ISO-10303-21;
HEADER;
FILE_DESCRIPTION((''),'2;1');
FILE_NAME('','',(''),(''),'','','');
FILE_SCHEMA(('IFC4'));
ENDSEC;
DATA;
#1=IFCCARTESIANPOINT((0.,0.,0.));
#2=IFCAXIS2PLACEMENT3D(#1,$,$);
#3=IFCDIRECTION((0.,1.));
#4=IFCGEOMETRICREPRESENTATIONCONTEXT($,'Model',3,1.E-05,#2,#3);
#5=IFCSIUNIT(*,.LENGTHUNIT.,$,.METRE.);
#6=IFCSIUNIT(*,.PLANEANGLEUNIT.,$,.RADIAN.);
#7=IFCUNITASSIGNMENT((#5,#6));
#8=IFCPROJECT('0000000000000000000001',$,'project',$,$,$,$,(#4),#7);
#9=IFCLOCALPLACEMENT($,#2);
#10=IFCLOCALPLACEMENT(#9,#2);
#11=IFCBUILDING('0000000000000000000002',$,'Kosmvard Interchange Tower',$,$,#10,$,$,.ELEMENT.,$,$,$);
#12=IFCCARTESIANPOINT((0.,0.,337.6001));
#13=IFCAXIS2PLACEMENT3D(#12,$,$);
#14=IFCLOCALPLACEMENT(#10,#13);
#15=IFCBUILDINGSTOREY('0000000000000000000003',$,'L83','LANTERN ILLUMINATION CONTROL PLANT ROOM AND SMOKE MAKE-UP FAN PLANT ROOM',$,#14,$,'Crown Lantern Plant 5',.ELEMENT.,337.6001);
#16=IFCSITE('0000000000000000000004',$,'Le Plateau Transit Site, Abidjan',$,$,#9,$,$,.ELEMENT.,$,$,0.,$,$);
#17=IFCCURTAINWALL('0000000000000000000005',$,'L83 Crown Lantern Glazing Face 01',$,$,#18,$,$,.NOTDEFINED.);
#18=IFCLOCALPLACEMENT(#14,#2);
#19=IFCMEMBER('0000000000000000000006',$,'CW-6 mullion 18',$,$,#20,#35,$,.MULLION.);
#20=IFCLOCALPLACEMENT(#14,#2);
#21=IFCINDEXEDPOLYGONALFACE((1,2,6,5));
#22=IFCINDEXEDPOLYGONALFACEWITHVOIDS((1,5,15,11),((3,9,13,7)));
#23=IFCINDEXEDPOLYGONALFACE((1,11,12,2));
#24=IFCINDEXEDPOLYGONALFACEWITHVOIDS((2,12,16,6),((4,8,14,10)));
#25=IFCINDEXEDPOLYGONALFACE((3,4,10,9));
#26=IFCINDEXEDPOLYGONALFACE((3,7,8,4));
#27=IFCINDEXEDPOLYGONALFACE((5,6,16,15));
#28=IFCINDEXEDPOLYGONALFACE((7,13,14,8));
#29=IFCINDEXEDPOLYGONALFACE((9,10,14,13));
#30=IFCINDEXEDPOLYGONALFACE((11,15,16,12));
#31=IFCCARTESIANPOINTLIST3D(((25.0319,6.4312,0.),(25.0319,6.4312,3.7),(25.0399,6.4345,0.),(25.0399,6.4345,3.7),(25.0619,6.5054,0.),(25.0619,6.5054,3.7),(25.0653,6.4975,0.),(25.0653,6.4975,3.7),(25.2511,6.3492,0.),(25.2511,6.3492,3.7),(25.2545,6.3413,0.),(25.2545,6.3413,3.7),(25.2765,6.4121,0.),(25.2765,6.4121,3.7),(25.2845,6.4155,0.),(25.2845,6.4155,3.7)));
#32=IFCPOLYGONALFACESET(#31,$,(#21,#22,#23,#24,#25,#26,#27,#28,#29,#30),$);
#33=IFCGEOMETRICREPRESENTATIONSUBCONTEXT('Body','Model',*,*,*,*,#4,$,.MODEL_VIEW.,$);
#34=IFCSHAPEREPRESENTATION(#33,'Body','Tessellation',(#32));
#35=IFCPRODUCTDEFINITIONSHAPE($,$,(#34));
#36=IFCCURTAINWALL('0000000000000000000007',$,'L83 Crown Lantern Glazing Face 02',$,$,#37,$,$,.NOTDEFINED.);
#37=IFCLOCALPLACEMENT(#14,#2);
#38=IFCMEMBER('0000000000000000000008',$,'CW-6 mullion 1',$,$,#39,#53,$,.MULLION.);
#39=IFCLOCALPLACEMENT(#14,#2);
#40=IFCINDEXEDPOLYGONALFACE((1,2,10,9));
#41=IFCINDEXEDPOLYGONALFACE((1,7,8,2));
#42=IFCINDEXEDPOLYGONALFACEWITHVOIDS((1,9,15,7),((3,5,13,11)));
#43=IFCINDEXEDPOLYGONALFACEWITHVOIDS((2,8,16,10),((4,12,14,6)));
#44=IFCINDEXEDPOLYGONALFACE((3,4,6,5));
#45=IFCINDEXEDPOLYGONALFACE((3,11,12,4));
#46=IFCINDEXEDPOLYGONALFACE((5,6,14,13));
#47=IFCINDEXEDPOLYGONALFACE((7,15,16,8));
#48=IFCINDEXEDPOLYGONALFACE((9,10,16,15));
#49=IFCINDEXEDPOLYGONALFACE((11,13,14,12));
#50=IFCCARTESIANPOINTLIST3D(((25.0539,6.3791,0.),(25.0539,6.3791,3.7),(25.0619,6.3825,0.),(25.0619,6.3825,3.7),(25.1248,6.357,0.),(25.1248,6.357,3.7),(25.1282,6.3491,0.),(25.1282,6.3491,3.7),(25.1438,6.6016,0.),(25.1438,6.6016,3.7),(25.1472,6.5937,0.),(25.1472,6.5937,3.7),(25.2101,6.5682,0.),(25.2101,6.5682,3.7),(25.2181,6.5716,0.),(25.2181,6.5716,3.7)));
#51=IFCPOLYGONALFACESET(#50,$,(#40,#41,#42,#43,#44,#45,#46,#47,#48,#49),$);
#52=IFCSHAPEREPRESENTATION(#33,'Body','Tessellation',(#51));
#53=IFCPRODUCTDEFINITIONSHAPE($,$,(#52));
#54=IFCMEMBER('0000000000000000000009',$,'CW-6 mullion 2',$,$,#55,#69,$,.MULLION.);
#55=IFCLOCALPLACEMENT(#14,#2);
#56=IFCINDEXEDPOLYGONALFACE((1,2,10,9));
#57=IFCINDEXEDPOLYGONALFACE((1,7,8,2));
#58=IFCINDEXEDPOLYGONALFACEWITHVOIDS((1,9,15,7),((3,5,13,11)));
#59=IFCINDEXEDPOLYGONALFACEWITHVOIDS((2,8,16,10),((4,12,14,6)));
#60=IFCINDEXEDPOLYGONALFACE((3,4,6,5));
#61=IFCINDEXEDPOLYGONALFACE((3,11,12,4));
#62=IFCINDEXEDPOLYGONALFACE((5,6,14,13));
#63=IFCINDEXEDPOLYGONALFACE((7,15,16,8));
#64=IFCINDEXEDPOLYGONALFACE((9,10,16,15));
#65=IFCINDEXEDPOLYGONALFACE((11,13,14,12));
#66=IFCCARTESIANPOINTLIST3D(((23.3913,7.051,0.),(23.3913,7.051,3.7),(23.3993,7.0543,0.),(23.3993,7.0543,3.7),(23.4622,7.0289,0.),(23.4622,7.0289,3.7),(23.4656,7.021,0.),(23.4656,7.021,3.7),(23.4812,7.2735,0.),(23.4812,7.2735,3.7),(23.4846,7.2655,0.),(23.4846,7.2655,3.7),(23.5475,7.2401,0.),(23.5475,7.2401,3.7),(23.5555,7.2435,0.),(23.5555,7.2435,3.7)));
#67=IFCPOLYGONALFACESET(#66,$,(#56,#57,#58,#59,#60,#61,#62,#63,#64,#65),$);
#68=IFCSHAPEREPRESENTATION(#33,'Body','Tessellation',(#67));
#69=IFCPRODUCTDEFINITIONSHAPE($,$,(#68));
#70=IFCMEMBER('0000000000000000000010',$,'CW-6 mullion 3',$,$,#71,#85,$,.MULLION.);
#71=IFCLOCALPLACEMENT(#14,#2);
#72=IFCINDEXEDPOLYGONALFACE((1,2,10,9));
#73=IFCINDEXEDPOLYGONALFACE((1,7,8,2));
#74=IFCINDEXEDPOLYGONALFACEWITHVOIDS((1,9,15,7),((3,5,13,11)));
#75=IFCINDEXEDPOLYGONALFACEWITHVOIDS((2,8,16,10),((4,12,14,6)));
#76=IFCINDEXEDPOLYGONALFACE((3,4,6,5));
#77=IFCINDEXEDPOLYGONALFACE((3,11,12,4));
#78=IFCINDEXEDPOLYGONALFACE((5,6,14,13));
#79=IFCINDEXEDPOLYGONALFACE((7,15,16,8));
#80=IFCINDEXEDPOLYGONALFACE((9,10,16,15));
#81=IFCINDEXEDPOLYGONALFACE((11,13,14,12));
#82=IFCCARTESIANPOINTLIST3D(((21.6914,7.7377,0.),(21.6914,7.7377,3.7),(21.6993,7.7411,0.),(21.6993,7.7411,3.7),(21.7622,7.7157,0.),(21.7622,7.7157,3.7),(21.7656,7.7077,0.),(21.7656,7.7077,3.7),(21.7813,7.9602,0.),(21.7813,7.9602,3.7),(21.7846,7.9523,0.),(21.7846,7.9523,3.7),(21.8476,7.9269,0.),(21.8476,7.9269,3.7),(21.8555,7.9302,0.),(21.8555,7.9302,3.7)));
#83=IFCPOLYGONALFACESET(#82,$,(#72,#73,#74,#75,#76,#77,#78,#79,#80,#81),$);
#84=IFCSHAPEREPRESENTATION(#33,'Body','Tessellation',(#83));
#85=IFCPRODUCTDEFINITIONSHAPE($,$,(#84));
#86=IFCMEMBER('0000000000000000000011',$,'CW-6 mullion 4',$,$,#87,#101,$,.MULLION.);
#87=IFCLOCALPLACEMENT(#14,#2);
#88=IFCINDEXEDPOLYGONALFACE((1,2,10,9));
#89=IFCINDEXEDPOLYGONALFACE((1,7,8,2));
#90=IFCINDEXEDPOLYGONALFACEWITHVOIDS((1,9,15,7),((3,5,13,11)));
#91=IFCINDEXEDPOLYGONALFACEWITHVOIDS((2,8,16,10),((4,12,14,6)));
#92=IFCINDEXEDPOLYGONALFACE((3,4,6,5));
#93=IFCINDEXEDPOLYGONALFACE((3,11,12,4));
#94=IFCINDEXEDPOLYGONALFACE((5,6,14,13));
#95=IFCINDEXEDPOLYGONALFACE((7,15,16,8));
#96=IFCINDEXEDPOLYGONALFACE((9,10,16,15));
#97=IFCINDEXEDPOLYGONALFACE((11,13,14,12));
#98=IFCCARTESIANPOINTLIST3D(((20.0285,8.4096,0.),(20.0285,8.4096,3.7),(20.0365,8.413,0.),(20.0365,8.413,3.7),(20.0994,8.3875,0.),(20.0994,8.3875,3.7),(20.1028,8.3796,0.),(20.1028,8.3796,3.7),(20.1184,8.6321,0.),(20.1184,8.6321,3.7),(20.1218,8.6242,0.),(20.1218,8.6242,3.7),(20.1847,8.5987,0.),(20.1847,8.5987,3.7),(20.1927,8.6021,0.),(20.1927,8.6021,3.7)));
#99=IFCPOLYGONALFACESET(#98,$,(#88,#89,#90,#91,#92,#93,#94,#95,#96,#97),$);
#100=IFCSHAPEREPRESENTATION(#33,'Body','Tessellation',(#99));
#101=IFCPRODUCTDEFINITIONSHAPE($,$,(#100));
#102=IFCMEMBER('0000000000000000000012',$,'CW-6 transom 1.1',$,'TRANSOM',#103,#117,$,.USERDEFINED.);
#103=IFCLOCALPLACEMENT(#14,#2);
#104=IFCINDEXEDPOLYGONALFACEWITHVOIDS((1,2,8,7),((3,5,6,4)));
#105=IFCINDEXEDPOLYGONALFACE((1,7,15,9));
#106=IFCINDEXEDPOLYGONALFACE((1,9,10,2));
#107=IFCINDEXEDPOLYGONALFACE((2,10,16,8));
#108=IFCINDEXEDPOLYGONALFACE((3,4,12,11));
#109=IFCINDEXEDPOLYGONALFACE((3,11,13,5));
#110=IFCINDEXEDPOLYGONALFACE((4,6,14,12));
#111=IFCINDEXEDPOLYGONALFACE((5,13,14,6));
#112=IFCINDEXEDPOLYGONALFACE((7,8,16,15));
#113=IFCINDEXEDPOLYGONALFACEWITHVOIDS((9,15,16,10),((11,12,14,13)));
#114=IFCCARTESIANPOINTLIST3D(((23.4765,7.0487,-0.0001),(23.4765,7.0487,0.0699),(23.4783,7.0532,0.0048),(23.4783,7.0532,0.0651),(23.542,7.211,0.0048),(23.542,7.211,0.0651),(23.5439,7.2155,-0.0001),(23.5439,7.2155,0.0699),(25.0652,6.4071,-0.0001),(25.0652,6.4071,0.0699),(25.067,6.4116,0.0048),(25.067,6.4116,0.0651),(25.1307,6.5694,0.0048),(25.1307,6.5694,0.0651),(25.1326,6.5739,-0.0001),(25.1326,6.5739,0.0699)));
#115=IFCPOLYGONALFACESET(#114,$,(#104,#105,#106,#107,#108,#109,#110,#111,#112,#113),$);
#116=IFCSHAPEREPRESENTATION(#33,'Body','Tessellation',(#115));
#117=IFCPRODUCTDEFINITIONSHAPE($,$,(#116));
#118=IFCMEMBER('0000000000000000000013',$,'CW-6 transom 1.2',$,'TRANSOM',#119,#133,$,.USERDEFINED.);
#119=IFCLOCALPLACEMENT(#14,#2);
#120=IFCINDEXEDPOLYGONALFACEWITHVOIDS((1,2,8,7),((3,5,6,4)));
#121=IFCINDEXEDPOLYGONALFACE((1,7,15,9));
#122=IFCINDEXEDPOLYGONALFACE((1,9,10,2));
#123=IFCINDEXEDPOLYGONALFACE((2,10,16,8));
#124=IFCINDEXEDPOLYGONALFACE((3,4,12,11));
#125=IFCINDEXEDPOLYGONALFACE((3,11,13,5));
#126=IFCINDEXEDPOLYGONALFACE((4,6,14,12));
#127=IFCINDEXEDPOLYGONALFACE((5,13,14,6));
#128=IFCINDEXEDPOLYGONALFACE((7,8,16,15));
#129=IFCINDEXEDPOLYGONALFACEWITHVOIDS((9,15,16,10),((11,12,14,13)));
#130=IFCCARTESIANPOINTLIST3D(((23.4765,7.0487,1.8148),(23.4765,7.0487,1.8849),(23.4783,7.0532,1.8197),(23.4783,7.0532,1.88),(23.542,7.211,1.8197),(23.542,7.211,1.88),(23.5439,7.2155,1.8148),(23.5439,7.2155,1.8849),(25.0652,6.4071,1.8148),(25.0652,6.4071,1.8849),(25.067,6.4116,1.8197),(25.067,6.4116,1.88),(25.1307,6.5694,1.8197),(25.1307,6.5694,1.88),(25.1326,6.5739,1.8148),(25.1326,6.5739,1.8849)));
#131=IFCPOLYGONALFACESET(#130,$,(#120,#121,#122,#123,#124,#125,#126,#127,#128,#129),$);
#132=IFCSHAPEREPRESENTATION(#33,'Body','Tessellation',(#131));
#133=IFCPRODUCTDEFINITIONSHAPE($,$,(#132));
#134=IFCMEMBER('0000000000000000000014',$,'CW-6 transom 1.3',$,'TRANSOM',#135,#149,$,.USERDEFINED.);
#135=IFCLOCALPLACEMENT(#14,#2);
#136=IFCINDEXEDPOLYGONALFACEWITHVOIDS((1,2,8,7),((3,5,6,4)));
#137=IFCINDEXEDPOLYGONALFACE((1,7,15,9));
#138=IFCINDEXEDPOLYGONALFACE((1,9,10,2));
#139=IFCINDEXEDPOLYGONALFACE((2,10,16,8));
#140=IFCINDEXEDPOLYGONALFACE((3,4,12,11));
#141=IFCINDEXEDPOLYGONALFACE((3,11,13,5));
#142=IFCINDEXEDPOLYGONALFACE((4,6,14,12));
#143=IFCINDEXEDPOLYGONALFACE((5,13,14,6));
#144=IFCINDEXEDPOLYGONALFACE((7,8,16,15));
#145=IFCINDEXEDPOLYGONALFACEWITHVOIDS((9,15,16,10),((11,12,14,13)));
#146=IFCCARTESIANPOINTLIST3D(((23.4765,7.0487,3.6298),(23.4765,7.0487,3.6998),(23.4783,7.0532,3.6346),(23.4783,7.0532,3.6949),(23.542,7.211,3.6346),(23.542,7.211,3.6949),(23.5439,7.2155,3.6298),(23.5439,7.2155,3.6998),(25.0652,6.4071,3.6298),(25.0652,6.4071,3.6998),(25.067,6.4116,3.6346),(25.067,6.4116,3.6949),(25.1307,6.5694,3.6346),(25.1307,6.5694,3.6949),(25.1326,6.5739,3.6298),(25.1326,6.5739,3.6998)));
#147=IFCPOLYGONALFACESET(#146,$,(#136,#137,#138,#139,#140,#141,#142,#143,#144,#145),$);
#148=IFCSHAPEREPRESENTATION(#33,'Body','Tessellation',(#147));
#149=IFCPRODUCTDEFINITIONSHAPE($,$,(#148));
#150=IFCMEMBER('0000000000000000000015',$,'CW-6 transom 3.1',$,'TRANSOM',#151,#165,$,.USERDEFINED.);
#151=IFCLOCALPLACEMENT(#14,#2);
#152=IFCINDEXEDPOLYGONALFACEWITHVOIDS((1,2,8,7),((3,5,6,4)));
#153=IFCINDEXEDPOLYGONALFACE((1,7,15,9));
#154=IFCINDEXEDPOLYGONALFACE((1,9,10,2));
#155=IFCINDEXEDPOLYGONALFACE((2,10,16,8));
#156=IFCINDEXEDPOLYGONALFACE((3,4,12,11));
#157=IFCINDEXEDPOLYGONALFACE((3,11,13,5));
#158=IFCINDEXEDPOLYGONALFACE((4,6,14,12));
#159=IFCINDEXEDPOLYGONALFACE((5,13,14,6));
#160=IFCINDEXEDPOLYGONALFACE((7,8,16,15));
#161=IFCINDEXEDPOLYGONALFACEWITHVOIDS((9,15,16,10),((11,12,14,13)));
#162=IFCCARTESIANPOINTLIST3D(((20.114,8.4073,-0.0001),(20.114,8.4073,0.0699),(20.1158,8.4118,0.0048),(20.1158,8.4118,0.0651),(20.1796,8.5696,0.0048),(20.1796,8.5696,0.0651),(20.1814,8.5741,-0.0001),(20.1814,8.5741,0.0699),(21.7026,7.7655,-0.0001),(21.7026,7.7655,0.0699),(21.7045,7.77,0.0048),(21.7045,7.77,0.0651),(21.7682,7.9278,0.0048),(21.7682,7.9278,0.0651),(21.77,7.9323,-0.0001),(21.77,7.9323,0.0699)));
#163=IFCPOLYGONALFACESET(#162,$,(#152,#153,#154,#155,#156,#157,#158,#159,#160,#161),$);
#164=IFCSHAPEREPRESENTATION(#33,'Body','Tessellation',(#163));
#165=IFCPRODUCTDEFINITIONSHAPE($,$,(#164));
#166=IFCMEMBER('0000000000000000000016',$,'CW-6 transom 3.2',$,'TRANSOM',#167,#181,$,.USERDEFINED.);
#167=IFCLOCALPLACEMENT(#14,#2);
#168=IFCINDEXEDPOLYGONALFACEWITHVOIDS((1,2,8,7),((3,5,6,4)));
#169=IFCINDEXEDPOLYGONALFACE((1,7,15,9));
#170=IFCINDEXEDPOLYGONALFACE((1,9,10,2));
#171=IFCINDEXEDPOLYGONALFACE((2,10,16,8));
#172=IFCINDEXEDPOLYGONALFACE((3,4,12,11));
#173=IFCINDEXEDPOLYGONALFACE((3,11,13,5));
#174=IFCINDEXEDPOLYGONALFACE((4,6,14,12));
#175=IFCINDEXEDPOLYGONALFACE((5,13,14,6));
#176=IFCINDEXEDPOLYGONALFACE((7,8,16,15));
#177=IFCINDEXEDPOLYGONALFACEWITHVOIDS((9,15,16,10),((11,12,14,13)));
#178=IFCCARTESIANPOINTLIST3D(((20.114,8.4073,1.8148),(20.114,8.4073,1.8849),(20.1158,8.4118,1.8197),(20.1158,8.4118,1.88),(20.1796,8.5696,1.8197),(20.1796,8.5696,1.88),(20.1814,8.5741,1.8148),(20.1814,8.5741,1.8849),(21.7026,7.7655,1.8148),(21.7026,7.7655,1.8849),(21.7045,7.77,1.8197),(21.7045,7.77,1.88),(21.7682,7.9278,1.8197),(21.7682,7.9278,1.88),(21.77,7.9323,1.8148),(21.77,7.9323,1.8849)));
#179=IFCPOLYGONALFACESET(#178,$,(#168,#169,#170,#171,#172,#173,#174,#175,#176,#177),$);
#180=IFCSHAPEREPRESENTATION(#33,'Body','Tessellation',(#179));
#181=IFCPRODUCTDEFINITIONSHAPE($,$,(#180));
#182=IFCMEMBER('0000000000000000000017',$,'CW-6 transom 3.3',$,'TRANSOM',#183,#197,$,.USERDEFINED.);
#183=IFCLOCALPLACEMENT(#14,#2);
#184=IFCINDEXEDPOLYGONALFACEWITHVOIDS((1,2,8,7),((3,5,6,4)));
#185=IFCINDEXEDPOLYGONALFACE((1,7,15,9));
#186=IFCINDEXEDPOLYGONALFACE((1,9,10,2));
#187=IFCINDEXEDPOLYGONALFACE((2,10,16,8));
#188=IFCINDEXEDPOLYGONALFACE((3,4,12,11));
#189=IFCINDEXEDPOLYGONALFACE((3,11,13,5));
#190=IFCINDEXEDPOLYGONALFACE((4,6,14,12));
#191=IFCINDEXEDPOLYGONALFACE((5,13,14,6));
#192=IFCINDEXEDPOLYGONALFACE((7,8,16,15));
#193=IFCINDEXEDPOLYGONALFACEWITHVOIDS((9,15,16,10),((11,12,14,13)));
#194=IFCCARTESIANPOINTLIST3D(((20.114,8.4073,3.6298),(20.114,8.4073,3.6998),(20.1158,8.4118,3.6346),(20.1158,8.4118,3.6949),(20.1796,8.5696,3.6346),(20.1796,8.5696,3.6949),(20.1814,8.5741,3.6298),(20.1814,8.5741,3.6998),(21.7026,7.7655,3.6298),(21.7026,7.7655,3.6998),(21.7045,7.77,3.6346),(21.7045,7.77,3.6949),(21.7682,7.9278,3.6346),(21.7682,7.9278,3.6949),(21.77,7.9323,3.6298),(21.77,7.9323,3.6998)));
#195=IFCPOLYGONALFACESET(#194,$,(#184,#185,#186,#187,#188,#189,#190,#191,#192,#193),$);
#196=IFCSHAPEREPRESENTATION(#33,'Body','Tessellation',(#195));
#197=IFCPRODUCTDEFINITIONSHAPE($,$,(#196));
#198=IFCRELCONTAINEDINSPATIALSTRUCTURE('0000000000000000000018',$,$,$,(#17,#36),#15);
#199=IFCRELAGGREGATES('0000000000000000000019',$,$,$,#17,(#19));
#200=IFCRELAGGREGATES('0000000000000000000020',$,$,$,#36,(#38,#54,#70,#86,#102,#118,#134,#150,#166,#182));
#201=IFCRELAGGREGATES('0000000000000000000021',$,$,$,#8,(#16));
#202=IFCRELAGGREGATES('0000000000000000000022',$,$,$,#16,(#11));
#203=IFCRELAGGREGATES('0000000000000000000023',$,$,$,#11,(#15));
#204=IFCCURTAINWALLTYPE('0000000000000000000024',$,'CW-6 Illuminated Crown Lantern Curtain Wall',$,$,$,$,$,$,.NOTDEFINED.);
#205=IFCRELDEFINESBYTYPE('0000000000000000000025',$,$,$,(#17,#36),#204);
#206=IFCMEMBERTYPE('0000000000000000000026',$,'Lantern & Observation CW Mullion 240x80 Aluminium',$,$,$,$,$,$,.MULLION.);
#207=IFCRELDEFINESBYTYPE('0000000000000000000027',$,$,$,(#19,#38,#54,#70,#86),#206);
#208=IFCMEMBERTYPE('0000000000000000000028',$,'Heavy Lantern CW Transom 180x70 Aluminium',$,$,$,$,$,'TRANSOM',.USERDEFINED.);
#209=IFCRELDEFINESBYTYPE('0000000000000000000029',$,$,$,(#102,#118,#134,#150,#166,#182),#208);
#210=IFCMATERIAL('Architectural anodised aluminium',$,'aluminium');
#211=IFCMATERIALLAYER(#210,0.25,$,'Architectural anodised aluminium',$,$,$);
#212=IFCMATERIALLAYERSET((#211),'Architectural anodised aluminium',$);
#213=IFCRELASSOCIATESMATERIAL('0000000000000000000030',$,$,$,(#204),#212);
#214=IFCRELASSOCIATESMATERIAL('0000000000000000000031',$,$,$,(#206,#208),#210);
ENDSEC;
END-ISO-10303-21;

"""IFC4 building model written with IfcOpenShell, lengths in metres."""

from ifc_helpers import new_model, si_unit, direction, frame, origin, origin_2d, place, context, subcontext, project, spatial, hollow_rectangle, extrude, source, transform, mapped, material, layer, layer_set, material_profile, profile_set, type_object, element, aggregate, save


model = new_model("IFC4")

# Units and contexts
model_context = context("Model", 3, precision=1e-05, world=origin(), true_north=direction((0.0, 1.0)))
body_context = subcontext(model_context, "Body", "Model", "MODEL_VIEW")
ifc_project = project(units=[si_unit("LENGTHUNIT", "METRE"), si_unit("PLANEANGLEUNIT", "RADIAN")], contexts=[model_context])

# Site, building, storey
site_placement = place(None, origin())
site = spatial("IfcSite", under=ifc_project, at=site_placement, Name="Le Plateau Transit Site, Abidjan", CompositionType="ELEMENT", RefElevation=0.0)
building_placement = place(site_placement, origin())
building = spatial("IfcBuilding", under=site, at=building_placement, Name="Kosmvard Interchange Tower", CompositionType="ELEMENT")
storey_placement = place(building_placement, frame((0.0, 0.0, 337.6001)))
storey = spatial("IfcBuildingStorey", under=building, at=storey_placement, Name="L83", Description="LANTERN ILLUMINATION CONTROL PLANT ROOM AND SMOKE MAKE-UP FAN PLANT ROOM", LongName="Crown Lantern Plant 5", CompositionType="ELEMENT", Elevation=337.6001)

# Curtain wall, member
ifc_material_1 = material(Name="Architectural anodised aluminium", Category="aluminium")
ifc_layer_1 = layer(ifc_material_1, 0.25, Name="Architectural anodised aluminium")
ifc_layer_set_1 = layer_set([ifc_layer_1], Name="Architectural anodised aluminium")
curtain_wall_type = type_object("IfcCurtainWallType", Name="CW-6 Illuminated Crown Lantern Curtain Wall", PredefinedType="NOTDEFINED", material=ifc_layer_set_1)
curtain_wall_1_placement = place(storey_placement, origin())
curtain_wall_1 = element("IfcCurtainWall", 1, at=curtain_wall_1_placement, inside=storey, type_object=curtain_wall_type, Name="L83 Crown Lantern Glazing Face 01", PredefinedType="NOTDEFINED")
ifc_material_profile_1 = material_profile(ifc_material_1, hollow_rectangle(XDim=0.24, YDim=0.0801, WallThickness=0.0061, at=origin_2d()), Name="CWM 240x80x6")
ifc_profile_set_1 = profile_set([ifc_material_profile_1], Name="Architectural anodised aluminium")
member_type_1 = type_object("IfcMemberType", Name="Lantern & Observation CW Mullion 240x80 Aluminium", PredefinedType="MULLION", material=ifc_profile_set_1)
shared_shape_1 = source(origin(), body_context, "Body", "SweptSolid", [
    extrude(hollow_rectangle(XDim=0.24, YDim=0.0801, WallThickness=0.0061, at=origin_2d()), origin(), (0.0, 0.0, 1.0), 3.7),
])
member_1_placement = place(storey_placement, frame((25.1582, 6.4233, 0.0), z_axis=(0.0, 0.0, 1.0), x_axis=(-0.927184, 0.374607, 0.0)))
member_1 = element("IfcMember", 2, at=member_1_placement, type_object=member_type_1, Name="CW-6 mullion 18", PredefinedType="MULLION", context=body_context, shape_type="MappedRepresentation", body=[
    mapped(shared_shape_1, transform((0.0, 0.0, 0.0), scale=1.0)),
])

# Curtain wall, members
curtain_wall_2_placement = place(storey_placement, origin())
curtain_wall_2 = element("IfcCurtainWall", 3, at=curtain_wall_2_placement, inside=storey, type_object=curtain_wall_type, Name="L83 Crown Lantern Glazing Face 02", PredefinedType="NOTDEFINED")
member_2_placement = place(storey_placement, frame((25.136, 6.4753, 0.0), z_axis=(0.0, 0.0, 1.0), x_axis=(-0.374607, -0.927184, 0.0)))
member_2 = element("IfcMember", 4, at=member_2_placement, type_object=member_type_1, Name="CW-6 mullion 1", PredefinedType="MULLION", context=body_context, shape_type="MappedRepresentation", body=[
    mapped(shared_shape_1, transform((0.0, 0.0, 0.0), scale=1.0)),
])
member_3_placement = place(storey_placement, frame((23.4734, 7.1472, 0.0), z_axis=(0.0, 0.0, 1.0), x_axis=(-0.374607, -0.927184, 0.0)))
member_3 = element("IfcMember", 5, at=member_3_placement, type_object=member_type_1, Name="CW-6 mullion 2", PredefinedType="MULLION", context=body_context, shape_type="MappedRepresentation", body=[
    mapped(shared_shape_1, transform((0.0, 0.0, 0.0), scale=1.0)),
])
member_4_placement = place(storey_placement, frame((21.7734, 7.834, 0.0), z_axis=(0.0, 0.0, 1.0), x_axis=(-0.374607, -0.927184, 0.0)))
member_4 = element("IfcMember", 6, at=member_4_placement, type_object=member_type_1, Name="CW-6 mullion 3", PredefinedType="MULLION", context=body_context, shape_type="MappedRepresentation", body=[
    mapped(shared_shape_1, transform((0.0, 0.0, 0.0), scale=1.0)),
])
member_5_placement = place(storey_placement, frame((20.1106, 8.5059, 0.0), z_axis=(0.0, 0.0, 1.0), x_axis=(-0.374607, -0.927184, 0.0)))
member_5 = element("IfcMember", 7, at=member_5_placement, type_object=member_type_1, Name="CW-6 mullion 4", PredefinedType="MULLION", context=body_context, shape_type="MappedRepresentation", body=[
    mapped(shared_shape_1, transform((0.0, 0.0, 0.0), scale=1.0)),
])
ifc_material_profile_2 = material_profile(ifc_material_1, hollow_rectangle(XDim=0.1799, YDim=0.0701, WallThickness=0.0049, at=origin_2d()), Name="CWT 180x70x5")
ifc_profile_set_2 = profile_set([ifc_material_profile_2], Name="Architectural anodised aluminium")
member_type_2 = type_object("IfcMemberType", Name="Heavy Lantern CW Transom 180x70 Aluminium", ElementType="TRANSOM", PredefinedType="USERDEFINED", material=ifc_profile_set_2)
shared_shape_2 = source(origin(), body_context, "Body", "SweptSolid", [
    extrude(hollow_rectangle(XDim=0.1799, YDim=0.0701, WallThickness=0.0049, at=origin_2d()), origin(), (0.0, 0.0, 1.0), 1.7134),
])
member_6_placement = place(storey_placement, frame((25.0989, 6.4905, 0.0349), z_axis=(-0.927233, 0.374484, 0.0), x_axis=(-0.374484, -0.927233, 0.0)))
member_6 = element("IfcMember", 8, at=member_6_placement, type_object=member_type_2, Name="CW-6 transom 1.1", ObjectType="TRANSOM", PredefinedType="USERDEFINED", context=body_context, shape_type="MappedRepresentation", body=[
    mapped(shared_shape_2, transform((0.0, 0.0, 0.0), scale=1.0)),
])
member_7_placement = place(storey_placement, frame((25.0989, 6.4905, 1.8499), z_axis=(-0.927233, 0.374484, 0.0), x_axis=(-0.374484, -0.927233, 0.0)))
member_7 = element("IfcMember", 9, at=member_7_placement, type_object=member_type_2, Name="CW-6 transom 1.2", ObjectType="TRANSOM", PredefinedType="USERDEFINED", context=body_context, shape_type="MappedRepresentation", body=[
    mapped(shared_shape_2, transform((0.0, 0.0, 0.0), scale=1.0)),
])
member_8_placement = place(storey_placement, frame((25.0989, 6.4905, 3.6648), z_axis=(-0.927233, 0.374484, 0.0), x_axis=(-0.374484, -0.927233, 0.0)))
member_8 = element("IfcMember", 10, at=member_8_placement, type_object=member_type_2, Name="CW-6 transom 1.3", ObjectType="TRANSOM", PredefinedType="USERDEFINED", context=body_context, shape_type="MappedRepresentation", body=[
    mapped(shared_shape_2, transform((0.0, 0.0, 0.0), scale=1.0)),
])
member_9_placement = place(storey_placement, frame((21.7363, 7.8489, 0.0349), z_axis=(-0.927184, 0.374607, 0.0), x_axis=(-0.374607, -0.927184, 0.0)))
member_9 = element("IfcMember", 11, at=member_9_placement, type_object=member_type_2, Name="CW-6 transom 3.1", ObjectType="TRANSOM", PredefinedType="USERDEFINED", context=body_context, shape_type="MappedRepresentation", body=[
    mapped(shared_shape_2, transform((0.0, 0.0, 0.0), scale=1.0)),
])
member_10_placement = place(storey_placement, frame((21.7363, 7.8489, 1.8499), z_axis=(-0.927184, 0.374607, 0.0), x_axis=(-0.374607, -0.927184, 0.0)))
member_10 = element("IfcMember", 12, at=member_10_placement, type_object=member_type_2, Name="CW-6 transom 3.2", ObjectType="TRANSOM", PredefinedType="USERDEFINED", context=body_context, shape_type="MappedRepresentation", body=[
    mapped(shared_shape_2, transform((0.0, 0.0, 0.0), scale=1.0)),
])
member_11_placement = place(storey_placement, frame((21.7363, 7.8489, 3.6648), z_axis=(-0.927184, 0.374607, 0.0), x_axis=(-0.374607, -0.927184, 0.0)))
member_11 = element("IfcMember", 13, at=member_11_placement, type_object=member_type_2, Name="CW-6 transom 3.3", ObjectType="TRANSOM", PredefinedType="USERDEFINED", context=body_context, shape_type="MappedRepresentation", body=[
    mapped(shared_shape_2, transform((0.0, 0.0, 0.0), scale=1.0)),
])

aggregate(curtain_wall_1, [member_1])
aggregate(curtain_wall_2, [member_2, member_3, member_4, member_5, member_6, member_7, member_8, member_9, member_10, member_11])

save(model, "model.ifc")
